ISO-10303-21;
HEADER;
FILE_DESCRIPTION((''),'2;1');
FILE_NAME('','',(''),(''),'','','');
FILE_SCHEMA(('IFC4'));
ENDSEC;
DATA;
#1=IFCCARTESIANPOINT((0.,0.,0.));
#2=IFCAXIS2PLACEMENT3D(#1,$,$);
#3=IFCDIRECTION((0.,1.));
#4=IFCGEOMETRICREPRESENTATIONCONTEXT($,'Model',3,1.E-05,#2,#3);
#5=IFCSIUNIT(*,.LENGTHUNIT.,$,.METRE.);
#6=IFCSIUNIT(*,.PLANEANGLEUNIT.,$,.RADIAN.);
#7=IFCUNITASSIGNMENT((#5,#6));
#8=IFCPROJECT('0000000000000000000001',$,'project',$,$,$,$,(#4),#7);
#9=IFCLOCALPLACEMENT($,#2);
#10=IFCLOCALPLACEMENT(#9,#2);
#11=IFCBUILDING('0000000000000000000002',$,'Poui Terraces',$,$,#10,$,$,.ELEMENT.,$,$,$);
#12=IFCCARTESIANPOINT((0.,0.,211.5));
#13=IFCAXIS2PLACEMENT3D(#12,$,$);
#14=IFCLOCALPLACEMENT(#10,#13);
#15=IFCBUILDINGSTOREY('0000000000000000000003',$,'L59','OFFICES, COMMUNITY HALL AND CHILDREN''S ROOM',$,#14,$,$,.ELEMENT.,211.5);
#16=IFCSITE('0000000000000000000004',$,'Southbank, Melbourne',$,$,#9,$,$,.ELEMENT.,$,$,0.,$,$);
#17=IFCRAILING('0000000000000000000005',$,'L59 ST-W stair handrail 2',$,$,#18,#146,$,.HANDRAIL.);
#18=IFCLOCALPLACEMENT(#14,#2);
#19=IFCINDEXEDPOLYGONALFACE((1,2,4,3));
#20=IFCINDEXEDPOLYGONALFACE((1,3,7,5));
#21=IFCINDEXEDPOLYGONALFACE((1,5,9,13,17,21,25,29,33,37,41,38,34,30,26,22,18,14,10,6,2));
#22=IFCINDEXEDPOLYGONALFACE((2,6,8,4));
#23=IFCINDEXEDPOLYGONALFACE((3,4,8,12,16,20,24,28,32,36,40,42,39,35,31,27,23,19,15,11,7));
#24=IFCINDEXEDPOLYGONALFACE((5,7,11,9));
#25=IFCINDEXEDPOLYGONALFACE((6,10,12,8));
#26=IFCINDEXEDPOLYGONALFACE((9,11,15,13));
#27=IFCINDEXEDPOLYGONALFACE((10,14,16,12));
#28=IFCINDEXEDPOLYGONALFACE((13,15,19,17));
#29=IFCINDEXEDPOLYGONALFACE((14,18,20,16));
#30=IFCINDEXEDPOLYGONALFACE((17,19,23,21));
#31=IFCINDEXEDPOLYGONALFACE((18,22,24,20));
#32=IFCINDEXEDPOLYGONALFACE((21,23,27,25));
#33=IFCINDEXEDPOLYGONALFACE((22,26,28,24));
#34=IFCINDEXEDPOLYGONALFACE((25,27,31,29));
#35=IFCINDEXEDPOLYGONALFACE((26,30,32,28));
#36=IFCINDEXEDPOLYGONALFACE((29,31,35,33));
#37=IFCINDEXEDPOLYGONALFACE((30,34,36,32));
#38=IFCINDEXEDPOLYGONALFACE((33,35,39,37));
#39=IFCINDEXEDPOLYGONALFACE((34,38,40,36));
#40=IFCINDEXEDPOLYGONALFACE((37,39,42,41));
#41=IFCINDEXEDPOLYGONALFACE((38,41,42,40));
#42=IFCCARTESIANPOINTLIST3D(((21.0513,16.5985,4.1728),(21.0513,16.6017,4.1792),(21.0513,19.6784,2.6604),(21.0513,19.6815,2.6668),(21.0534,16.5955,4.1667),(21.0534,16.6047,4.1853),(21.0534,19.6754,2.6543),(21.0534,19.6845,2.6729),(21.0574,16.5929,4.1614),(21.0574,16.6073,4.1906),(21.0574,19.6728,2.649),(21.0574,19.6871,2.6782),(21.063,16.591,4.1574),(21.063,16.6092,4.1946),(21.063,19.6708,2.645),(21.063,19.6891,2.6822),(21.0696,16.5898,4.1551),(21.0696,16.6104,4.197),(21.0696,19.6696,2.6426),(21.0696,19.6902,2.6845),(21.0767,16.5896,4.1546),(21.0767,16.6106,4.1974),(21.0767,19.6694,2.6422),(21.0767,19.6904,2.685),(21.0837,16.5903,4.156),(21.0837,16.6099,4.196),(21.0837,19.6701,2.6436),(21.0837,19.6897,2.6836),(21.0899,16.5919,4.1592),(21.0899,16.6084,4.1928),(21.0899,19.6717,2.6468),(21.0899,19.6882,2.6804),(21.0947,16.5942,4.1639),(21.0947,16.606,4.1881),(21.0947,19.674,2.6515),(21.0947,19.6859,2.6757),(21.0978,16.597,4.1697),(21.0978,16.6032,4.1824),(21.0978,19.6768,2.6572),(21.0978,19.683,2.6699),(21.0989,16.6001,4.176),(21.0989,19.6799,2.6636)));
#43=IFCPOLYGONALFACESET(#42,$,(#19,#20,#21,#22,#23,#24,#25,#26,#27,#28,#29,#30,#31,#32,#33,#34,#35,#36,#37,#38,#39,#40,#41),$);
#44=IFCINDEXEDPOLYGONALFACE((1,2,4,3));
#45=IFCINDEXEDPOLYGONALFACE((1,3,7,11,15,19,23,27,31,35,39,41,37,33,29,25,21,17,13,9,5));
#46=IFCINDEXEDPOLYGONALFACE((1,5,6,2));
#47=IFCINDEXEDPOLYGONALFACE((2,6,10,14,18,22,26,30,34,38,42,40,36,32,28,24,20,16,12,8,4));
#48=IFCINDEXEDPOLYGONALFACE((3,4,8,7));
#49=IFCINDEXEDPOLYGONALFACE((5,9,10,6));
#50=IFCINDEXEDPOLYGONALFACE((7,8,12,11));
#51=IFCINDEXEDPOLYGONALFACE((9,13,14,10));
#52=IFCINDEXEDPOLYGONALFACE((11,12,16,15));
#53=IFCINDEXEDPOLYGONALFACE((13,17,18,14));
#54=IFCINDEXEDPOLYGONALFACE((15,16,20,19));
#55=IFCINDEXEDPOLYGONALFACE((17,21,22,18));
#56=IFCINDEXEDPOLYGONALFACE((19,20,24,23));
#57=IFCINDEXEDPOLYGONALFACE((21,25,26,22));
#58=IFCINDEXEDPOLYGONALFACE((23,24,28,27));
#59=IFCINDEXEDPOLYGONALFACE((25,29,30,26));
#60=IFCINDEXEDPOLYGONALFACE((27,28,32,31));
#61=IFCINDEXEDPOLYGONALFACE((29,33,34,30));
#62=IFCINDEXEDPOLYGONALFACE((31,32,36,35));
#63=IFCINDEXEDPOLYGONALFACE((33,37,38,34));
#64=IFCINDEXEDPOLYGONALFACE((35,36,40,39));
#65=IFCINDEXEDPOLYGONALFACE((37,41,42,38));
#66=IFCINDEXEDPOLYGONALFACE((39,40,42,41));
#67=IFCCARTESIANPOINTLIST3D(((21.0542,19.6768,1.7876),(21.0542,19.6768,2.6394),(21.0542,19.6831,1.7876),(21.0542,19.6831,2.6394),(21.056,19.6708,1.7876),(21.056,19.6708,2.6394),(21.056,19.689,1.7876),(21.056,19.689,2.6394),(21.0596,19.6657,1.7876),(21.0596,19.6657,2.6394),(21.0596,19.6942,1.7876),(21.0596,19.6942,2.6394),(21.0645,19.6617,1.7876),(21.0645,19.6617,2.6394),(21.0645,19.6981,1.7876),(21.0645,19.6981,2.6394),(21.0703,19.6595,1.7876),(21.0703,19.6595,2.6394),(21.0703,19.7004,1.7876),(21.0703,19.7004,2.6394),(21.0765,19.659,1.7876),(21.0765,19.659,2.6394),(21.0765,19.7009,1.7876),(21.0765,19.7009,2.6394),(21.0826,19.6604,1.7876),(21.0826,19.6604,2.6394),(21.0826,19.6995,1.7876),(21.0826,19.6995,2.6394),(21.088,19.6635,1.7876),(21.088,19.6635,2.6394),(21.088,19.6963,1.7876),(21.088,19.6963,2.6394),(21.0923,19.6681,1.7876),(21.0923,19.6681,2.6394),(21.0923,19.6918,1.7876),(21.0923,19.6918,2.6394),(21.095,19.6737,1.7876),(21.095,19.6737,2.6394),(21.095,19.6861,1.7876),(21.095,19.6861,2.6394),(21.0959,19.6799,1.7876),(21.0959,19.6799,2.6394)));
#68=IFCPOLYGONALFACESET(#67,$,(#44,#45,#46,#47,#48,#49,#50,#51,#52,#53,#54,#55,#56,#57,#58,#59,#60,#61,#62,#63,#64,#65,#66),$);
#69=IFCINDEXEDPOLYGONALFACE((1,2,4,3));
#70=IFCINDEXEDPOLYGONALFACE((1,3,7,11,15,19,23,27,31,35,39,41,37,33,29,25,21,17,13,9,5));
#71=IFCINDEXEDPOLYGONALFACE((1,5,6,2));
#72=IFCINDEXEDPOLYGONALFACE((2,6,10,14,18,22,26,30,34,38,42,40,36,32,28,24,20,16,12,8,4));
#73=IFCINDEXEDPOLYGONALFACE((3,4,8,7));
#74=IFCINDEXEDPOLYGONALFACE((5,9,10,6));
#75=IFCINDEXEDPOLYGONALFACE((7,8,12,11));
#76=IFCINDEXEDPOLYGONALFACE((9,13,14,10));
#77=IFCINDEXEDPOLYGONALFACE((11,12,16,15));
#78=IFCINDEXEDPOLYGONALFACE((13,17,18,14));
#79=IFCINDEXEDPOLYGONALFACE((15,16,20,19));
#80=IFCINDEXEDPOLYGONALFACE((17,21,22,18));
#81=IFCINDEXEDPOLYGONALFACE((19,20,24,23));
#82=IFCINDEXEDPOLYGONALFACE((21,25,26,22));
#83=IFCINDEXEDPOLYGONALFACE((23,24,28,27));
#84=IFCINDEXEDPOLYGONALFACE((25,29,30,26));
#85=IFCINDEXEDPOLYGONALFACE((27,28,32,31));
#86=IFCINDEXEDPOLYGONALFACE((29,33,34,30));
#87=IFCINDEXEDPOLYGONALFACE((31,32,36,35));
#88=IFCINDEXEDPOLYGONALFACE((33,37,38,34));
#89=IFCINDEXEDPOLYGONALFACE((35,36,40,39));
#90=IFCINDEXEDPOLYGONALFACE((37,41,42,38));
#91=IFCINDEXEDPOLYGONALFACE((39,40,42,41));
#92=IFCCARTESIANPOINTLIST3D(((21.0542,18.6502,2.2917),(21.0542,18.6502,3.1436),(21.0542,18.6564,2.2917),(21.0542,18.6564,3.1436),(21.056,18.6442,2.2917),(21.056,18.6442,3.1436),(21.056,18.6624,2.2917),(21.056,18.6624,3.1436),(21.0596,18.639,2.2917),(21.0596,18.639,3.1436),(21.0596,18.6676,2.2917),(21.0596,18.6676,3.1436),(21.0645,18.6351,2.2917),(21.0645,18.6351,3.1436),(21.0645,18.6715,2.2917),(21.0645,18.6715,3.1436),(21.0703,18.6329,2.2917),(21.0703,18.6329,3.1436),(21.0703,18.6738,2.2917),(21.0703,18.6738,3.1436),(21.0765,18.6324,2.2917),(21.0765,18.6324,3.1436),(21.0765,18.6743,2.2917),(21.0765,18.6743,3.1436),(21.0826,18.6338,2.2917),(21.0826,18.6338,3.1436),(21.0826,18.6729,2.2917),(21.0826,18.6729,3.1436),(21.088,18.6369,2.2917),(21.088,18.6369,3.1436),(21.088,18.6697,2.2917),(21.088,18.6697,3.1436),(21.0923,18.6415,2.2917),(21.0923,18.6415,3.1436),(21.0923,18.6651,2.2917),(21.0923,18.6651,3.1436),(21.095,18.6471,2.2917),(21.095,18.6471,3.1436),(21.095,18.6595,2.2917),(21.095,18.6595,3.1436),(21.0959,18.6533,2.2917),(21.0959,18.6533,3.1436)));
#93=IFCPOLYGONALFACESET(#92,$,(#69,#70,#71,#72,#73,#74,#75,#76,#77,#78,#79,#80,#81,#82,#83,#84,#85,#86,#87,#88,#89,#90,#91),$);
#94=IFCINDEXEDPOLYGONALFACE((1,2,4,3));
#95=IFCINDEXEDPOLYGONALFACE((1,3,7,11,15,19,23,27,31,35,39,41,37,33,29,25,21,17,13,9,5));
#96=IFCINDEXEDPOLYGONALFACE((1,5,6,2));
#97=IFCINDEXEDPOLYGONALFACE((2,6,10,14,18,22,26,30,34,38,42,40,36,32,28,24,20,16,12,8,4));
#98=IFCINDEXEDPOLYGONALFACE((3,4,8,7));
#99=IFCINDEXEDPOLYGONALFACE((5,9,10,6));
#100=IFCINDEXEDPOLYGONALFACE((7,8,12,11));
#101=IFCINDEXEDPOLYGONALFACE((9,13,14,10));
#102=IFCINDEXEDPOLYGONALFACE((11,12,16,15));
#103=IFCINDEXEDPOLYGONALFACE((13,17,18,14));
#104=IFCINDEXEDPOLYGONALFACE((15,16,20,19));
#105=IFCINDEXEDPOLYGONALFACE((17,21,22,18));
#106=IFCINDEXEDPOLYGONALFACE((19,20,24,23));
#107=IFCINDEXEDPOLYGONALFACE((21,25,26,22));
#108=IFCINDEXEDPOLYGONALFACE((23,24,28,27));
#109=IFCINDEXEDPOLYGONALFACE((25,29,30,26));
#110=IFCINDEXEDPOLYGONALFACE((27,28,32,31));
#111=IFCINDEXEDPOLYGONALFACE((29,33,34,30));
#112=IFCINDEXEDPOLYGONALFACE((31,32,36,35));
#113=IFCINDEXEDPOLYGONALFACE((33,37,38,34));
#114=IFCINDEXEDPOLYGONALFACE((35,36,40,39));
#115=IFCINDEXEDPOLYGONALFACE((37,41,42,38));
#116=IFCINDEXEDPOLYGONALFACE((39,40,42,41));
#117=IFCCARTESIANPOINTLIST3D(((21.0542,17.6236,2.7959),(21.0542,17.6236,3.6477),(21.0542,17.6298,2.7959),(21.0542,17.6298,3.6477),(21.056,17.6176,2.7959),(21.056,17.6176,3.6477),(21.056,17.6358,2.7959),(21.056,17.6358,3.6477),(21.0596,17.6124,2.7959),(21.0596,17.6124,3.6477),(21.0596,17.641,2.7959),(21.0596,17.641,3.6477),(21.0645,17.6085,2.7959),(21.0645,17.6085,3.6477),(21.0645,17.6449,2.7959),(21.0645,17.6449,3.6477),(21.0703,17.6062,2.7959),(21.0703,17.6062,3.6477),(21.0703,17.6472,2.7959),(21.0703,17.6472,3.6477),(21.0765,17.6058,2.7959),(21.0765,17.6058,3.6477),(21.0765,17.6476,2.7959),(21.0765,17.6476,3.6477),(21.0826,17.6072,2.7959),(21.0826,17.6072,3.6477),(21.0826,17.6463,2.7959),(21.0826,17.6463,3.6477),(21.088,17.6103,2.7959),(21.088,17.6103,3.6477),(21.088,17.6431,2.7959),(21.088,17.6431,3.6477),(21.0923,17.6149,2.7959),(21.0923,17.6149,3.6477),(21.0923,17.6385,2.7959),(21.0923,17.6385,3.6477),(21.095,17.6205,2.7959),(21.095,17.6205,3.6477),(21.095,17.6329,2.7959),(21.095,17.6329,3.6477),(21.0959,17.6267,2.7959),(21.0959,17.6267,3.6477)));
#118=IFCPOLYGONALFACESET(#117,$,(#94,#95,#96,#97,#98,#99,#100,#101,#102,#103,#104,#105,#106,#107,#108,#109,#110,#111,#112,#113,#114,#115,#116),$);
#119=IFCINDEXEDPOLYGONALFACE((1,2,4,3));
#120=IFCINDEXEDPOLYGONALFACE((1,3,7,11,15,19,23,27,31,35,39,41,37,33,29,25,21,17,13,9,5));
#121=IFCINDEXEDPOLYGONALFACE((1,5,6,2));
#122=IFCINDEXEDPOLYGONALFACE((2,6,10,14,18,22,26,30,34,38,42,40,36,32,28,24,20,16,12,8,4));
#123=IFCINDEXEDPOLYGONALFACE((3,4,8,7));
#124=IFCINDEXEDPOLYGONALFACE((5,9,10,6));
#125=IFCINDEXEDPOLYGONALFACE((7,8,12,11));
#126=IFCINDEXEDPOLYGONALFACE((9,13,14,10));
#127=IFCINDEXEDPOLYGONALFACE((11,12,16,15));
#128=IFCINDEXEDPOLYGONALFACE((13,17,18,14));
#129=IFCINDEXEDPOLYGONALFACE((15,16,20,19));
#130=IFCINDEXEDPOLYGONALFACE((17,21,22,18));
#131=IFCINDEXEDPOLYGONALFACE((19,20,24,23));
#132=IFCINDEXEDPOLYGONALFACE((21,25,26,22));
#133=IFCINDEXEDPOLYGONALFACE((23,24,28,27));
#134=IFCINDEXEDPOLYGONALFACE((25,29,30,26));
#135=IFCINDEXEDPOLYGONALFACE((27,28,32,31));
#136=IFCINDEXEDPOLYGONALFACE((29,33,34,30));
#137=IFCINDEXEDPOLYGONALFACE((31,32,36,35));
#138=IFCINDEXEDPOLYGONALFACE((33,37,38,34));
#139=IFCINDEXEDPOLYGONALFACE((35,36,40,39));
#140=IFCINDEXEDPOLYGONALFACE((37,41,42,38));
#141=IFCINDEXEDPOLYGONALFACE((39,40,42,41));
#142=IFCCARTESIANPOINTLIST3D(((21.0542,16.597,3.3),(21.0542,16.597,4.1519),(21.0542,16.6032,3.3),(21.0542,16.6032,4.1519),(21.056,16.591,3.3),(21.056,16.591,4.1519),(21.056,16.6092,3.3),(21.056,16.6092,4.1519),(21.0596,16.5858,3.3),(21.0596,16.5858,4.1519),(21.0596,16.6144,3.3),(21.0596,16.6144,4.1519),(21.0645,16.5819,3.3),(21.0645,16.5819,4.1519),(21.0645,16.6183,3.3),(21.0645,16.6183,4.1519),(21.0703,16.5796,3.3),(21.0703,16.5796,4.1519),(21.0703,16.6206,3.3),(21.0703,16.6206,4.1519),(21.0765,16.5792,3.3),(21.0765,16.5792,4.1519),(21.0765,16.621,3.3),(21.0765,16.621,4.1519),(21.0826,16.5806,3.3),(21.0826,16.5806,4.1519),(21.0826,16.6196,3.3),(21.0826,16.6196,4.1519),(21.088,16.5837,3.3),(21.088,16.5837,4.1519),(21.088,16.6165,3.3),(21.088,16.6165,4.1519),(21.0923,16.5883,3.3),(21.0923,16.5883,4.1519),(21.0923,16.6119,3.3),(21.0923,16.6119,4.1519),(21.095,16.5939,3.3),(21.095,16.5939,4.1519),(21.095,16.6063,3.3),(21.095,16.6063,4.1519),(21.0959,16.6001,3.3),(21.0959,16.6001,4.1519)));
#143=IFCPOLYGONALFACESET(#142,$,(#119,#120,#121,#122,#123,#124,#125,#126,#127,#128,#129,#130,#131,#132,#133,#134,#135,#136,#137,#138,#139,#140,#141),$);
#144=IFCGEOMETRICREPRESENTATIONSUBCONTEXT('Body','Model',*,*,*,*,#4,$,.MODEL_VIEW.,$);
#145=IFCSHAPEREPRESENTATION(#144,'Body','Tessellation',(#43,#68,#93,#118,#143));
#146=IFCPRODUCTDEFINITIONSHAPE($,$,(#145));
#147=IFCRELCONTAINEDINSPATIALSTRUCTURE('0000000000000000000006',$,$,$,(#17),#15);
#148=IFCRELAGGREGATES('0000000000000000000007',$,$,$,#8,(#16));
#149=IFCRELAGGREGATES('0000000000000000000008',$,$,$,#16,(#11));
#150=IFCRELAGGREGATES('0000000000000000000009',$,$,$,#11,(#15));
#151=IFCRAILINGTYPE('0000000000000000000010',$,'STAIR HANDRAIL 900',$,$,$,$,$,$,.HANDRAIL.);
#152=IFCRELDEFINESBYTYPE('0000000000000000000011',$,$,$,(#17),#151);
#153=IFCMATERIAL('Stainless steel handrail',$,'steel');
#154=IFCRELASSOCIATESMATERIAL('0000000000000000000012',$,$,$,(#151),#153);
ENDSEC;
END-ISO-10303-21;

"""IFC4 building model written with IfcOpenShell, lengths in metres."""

from ifc_helpers import new_model, si_unit, direction, frame, origin, origin_2d, place, context, subcontext, project, spatial, circle, extrude, material, type_object, element, save


model = new_model("IFC4")

# Units and contexts
model_context = context("Model", 3, precision=1e-05, world=origin(), true_north=direction((0.0, 1.0)))
body_context = subcontext(model_context, "Body", "Model", "MODEL_VIEW")
ifc_project = project(units=[si_unit("LENGTHUNIT", "METRE"), si_unit("PLANEANGLEUNIT", "RADIAN")], contexts=[model_context])

# Site, building, storey
site_placement = place(None, origin())
site = spatial("IfcSite", under=ifc_project, at=site_placement, Name="Southbank, Melbourne", CompositionType="ELEMENT", RefElevation=0.0)
building_placement = place(site_placement, origin())
building = spatial("IfcBuilding", under=site, at=building_placement, Name="Poui Terraces", CompositionType="ELEMENT")
storey_placement = place(building_placement, frame((0.0, 0.0, 211.5)))
storey = spatial("IfcBuildingStorey", under=building, at=storey_placement, Name="L59", Description="OFFICES, COMMUNITY HALL AND CHILDREN'S ROOM", CompositionType="ELEMENT", Elevation=211.5)

# Railing
ifc_material_1 = material(Name="Stainless steel handrail", Category="steel")
railing_type_1 = type_object("IfcRailingType", Name="STAIR HANDRAIL 900", PredefinedType="HANDRAIL", material=ifc_material_1)
railing_1_placement = place(storey_placement, frame((21.075, 19.6799, 1.7876)))
element("IfcRailing", 1, at=railing_1_placement, inside=storey, type_object=railing_type_1, Name="L59 ST-W stair handrail 2", PredefinedType="HANDRAIL", context=body_context, shape_type="SweptSolid", body=[
    extrude(circle(Radius=0.0239, at=origin_2d()), frame((0.0, 0.0, 0.876), z_axis=(0.0, -0.897606, 0.440798), x_axis=(1.0, 0.0, 0.0)), (0.0, 0.0, 1.0), 3.4312),
    extrude(circle(Radius=0.021, at=origin_2d()), origin(), (0.0, 0.0, 1.0), 0.8518),
    extrude(circle(Radius=0.021, at=origin_2d()), frame((0.0, -1.0266, 0.5042)), (0.0, 0.0, 1.0), 0.8518),
    extrude(circle(Radius=0.021, at=origin_2d()), frame((0.0, -2.0532, 1.0083)), (0.0, 0.0, 1.0), 0.8518),
    extrude(circle(Radius=0.021, at=origin_2d()), frame((0.0, -3.0798, 1.5125)), (0.0, 0.0, 1.0), 0.8518),
])

save(model, "model.ifc")
